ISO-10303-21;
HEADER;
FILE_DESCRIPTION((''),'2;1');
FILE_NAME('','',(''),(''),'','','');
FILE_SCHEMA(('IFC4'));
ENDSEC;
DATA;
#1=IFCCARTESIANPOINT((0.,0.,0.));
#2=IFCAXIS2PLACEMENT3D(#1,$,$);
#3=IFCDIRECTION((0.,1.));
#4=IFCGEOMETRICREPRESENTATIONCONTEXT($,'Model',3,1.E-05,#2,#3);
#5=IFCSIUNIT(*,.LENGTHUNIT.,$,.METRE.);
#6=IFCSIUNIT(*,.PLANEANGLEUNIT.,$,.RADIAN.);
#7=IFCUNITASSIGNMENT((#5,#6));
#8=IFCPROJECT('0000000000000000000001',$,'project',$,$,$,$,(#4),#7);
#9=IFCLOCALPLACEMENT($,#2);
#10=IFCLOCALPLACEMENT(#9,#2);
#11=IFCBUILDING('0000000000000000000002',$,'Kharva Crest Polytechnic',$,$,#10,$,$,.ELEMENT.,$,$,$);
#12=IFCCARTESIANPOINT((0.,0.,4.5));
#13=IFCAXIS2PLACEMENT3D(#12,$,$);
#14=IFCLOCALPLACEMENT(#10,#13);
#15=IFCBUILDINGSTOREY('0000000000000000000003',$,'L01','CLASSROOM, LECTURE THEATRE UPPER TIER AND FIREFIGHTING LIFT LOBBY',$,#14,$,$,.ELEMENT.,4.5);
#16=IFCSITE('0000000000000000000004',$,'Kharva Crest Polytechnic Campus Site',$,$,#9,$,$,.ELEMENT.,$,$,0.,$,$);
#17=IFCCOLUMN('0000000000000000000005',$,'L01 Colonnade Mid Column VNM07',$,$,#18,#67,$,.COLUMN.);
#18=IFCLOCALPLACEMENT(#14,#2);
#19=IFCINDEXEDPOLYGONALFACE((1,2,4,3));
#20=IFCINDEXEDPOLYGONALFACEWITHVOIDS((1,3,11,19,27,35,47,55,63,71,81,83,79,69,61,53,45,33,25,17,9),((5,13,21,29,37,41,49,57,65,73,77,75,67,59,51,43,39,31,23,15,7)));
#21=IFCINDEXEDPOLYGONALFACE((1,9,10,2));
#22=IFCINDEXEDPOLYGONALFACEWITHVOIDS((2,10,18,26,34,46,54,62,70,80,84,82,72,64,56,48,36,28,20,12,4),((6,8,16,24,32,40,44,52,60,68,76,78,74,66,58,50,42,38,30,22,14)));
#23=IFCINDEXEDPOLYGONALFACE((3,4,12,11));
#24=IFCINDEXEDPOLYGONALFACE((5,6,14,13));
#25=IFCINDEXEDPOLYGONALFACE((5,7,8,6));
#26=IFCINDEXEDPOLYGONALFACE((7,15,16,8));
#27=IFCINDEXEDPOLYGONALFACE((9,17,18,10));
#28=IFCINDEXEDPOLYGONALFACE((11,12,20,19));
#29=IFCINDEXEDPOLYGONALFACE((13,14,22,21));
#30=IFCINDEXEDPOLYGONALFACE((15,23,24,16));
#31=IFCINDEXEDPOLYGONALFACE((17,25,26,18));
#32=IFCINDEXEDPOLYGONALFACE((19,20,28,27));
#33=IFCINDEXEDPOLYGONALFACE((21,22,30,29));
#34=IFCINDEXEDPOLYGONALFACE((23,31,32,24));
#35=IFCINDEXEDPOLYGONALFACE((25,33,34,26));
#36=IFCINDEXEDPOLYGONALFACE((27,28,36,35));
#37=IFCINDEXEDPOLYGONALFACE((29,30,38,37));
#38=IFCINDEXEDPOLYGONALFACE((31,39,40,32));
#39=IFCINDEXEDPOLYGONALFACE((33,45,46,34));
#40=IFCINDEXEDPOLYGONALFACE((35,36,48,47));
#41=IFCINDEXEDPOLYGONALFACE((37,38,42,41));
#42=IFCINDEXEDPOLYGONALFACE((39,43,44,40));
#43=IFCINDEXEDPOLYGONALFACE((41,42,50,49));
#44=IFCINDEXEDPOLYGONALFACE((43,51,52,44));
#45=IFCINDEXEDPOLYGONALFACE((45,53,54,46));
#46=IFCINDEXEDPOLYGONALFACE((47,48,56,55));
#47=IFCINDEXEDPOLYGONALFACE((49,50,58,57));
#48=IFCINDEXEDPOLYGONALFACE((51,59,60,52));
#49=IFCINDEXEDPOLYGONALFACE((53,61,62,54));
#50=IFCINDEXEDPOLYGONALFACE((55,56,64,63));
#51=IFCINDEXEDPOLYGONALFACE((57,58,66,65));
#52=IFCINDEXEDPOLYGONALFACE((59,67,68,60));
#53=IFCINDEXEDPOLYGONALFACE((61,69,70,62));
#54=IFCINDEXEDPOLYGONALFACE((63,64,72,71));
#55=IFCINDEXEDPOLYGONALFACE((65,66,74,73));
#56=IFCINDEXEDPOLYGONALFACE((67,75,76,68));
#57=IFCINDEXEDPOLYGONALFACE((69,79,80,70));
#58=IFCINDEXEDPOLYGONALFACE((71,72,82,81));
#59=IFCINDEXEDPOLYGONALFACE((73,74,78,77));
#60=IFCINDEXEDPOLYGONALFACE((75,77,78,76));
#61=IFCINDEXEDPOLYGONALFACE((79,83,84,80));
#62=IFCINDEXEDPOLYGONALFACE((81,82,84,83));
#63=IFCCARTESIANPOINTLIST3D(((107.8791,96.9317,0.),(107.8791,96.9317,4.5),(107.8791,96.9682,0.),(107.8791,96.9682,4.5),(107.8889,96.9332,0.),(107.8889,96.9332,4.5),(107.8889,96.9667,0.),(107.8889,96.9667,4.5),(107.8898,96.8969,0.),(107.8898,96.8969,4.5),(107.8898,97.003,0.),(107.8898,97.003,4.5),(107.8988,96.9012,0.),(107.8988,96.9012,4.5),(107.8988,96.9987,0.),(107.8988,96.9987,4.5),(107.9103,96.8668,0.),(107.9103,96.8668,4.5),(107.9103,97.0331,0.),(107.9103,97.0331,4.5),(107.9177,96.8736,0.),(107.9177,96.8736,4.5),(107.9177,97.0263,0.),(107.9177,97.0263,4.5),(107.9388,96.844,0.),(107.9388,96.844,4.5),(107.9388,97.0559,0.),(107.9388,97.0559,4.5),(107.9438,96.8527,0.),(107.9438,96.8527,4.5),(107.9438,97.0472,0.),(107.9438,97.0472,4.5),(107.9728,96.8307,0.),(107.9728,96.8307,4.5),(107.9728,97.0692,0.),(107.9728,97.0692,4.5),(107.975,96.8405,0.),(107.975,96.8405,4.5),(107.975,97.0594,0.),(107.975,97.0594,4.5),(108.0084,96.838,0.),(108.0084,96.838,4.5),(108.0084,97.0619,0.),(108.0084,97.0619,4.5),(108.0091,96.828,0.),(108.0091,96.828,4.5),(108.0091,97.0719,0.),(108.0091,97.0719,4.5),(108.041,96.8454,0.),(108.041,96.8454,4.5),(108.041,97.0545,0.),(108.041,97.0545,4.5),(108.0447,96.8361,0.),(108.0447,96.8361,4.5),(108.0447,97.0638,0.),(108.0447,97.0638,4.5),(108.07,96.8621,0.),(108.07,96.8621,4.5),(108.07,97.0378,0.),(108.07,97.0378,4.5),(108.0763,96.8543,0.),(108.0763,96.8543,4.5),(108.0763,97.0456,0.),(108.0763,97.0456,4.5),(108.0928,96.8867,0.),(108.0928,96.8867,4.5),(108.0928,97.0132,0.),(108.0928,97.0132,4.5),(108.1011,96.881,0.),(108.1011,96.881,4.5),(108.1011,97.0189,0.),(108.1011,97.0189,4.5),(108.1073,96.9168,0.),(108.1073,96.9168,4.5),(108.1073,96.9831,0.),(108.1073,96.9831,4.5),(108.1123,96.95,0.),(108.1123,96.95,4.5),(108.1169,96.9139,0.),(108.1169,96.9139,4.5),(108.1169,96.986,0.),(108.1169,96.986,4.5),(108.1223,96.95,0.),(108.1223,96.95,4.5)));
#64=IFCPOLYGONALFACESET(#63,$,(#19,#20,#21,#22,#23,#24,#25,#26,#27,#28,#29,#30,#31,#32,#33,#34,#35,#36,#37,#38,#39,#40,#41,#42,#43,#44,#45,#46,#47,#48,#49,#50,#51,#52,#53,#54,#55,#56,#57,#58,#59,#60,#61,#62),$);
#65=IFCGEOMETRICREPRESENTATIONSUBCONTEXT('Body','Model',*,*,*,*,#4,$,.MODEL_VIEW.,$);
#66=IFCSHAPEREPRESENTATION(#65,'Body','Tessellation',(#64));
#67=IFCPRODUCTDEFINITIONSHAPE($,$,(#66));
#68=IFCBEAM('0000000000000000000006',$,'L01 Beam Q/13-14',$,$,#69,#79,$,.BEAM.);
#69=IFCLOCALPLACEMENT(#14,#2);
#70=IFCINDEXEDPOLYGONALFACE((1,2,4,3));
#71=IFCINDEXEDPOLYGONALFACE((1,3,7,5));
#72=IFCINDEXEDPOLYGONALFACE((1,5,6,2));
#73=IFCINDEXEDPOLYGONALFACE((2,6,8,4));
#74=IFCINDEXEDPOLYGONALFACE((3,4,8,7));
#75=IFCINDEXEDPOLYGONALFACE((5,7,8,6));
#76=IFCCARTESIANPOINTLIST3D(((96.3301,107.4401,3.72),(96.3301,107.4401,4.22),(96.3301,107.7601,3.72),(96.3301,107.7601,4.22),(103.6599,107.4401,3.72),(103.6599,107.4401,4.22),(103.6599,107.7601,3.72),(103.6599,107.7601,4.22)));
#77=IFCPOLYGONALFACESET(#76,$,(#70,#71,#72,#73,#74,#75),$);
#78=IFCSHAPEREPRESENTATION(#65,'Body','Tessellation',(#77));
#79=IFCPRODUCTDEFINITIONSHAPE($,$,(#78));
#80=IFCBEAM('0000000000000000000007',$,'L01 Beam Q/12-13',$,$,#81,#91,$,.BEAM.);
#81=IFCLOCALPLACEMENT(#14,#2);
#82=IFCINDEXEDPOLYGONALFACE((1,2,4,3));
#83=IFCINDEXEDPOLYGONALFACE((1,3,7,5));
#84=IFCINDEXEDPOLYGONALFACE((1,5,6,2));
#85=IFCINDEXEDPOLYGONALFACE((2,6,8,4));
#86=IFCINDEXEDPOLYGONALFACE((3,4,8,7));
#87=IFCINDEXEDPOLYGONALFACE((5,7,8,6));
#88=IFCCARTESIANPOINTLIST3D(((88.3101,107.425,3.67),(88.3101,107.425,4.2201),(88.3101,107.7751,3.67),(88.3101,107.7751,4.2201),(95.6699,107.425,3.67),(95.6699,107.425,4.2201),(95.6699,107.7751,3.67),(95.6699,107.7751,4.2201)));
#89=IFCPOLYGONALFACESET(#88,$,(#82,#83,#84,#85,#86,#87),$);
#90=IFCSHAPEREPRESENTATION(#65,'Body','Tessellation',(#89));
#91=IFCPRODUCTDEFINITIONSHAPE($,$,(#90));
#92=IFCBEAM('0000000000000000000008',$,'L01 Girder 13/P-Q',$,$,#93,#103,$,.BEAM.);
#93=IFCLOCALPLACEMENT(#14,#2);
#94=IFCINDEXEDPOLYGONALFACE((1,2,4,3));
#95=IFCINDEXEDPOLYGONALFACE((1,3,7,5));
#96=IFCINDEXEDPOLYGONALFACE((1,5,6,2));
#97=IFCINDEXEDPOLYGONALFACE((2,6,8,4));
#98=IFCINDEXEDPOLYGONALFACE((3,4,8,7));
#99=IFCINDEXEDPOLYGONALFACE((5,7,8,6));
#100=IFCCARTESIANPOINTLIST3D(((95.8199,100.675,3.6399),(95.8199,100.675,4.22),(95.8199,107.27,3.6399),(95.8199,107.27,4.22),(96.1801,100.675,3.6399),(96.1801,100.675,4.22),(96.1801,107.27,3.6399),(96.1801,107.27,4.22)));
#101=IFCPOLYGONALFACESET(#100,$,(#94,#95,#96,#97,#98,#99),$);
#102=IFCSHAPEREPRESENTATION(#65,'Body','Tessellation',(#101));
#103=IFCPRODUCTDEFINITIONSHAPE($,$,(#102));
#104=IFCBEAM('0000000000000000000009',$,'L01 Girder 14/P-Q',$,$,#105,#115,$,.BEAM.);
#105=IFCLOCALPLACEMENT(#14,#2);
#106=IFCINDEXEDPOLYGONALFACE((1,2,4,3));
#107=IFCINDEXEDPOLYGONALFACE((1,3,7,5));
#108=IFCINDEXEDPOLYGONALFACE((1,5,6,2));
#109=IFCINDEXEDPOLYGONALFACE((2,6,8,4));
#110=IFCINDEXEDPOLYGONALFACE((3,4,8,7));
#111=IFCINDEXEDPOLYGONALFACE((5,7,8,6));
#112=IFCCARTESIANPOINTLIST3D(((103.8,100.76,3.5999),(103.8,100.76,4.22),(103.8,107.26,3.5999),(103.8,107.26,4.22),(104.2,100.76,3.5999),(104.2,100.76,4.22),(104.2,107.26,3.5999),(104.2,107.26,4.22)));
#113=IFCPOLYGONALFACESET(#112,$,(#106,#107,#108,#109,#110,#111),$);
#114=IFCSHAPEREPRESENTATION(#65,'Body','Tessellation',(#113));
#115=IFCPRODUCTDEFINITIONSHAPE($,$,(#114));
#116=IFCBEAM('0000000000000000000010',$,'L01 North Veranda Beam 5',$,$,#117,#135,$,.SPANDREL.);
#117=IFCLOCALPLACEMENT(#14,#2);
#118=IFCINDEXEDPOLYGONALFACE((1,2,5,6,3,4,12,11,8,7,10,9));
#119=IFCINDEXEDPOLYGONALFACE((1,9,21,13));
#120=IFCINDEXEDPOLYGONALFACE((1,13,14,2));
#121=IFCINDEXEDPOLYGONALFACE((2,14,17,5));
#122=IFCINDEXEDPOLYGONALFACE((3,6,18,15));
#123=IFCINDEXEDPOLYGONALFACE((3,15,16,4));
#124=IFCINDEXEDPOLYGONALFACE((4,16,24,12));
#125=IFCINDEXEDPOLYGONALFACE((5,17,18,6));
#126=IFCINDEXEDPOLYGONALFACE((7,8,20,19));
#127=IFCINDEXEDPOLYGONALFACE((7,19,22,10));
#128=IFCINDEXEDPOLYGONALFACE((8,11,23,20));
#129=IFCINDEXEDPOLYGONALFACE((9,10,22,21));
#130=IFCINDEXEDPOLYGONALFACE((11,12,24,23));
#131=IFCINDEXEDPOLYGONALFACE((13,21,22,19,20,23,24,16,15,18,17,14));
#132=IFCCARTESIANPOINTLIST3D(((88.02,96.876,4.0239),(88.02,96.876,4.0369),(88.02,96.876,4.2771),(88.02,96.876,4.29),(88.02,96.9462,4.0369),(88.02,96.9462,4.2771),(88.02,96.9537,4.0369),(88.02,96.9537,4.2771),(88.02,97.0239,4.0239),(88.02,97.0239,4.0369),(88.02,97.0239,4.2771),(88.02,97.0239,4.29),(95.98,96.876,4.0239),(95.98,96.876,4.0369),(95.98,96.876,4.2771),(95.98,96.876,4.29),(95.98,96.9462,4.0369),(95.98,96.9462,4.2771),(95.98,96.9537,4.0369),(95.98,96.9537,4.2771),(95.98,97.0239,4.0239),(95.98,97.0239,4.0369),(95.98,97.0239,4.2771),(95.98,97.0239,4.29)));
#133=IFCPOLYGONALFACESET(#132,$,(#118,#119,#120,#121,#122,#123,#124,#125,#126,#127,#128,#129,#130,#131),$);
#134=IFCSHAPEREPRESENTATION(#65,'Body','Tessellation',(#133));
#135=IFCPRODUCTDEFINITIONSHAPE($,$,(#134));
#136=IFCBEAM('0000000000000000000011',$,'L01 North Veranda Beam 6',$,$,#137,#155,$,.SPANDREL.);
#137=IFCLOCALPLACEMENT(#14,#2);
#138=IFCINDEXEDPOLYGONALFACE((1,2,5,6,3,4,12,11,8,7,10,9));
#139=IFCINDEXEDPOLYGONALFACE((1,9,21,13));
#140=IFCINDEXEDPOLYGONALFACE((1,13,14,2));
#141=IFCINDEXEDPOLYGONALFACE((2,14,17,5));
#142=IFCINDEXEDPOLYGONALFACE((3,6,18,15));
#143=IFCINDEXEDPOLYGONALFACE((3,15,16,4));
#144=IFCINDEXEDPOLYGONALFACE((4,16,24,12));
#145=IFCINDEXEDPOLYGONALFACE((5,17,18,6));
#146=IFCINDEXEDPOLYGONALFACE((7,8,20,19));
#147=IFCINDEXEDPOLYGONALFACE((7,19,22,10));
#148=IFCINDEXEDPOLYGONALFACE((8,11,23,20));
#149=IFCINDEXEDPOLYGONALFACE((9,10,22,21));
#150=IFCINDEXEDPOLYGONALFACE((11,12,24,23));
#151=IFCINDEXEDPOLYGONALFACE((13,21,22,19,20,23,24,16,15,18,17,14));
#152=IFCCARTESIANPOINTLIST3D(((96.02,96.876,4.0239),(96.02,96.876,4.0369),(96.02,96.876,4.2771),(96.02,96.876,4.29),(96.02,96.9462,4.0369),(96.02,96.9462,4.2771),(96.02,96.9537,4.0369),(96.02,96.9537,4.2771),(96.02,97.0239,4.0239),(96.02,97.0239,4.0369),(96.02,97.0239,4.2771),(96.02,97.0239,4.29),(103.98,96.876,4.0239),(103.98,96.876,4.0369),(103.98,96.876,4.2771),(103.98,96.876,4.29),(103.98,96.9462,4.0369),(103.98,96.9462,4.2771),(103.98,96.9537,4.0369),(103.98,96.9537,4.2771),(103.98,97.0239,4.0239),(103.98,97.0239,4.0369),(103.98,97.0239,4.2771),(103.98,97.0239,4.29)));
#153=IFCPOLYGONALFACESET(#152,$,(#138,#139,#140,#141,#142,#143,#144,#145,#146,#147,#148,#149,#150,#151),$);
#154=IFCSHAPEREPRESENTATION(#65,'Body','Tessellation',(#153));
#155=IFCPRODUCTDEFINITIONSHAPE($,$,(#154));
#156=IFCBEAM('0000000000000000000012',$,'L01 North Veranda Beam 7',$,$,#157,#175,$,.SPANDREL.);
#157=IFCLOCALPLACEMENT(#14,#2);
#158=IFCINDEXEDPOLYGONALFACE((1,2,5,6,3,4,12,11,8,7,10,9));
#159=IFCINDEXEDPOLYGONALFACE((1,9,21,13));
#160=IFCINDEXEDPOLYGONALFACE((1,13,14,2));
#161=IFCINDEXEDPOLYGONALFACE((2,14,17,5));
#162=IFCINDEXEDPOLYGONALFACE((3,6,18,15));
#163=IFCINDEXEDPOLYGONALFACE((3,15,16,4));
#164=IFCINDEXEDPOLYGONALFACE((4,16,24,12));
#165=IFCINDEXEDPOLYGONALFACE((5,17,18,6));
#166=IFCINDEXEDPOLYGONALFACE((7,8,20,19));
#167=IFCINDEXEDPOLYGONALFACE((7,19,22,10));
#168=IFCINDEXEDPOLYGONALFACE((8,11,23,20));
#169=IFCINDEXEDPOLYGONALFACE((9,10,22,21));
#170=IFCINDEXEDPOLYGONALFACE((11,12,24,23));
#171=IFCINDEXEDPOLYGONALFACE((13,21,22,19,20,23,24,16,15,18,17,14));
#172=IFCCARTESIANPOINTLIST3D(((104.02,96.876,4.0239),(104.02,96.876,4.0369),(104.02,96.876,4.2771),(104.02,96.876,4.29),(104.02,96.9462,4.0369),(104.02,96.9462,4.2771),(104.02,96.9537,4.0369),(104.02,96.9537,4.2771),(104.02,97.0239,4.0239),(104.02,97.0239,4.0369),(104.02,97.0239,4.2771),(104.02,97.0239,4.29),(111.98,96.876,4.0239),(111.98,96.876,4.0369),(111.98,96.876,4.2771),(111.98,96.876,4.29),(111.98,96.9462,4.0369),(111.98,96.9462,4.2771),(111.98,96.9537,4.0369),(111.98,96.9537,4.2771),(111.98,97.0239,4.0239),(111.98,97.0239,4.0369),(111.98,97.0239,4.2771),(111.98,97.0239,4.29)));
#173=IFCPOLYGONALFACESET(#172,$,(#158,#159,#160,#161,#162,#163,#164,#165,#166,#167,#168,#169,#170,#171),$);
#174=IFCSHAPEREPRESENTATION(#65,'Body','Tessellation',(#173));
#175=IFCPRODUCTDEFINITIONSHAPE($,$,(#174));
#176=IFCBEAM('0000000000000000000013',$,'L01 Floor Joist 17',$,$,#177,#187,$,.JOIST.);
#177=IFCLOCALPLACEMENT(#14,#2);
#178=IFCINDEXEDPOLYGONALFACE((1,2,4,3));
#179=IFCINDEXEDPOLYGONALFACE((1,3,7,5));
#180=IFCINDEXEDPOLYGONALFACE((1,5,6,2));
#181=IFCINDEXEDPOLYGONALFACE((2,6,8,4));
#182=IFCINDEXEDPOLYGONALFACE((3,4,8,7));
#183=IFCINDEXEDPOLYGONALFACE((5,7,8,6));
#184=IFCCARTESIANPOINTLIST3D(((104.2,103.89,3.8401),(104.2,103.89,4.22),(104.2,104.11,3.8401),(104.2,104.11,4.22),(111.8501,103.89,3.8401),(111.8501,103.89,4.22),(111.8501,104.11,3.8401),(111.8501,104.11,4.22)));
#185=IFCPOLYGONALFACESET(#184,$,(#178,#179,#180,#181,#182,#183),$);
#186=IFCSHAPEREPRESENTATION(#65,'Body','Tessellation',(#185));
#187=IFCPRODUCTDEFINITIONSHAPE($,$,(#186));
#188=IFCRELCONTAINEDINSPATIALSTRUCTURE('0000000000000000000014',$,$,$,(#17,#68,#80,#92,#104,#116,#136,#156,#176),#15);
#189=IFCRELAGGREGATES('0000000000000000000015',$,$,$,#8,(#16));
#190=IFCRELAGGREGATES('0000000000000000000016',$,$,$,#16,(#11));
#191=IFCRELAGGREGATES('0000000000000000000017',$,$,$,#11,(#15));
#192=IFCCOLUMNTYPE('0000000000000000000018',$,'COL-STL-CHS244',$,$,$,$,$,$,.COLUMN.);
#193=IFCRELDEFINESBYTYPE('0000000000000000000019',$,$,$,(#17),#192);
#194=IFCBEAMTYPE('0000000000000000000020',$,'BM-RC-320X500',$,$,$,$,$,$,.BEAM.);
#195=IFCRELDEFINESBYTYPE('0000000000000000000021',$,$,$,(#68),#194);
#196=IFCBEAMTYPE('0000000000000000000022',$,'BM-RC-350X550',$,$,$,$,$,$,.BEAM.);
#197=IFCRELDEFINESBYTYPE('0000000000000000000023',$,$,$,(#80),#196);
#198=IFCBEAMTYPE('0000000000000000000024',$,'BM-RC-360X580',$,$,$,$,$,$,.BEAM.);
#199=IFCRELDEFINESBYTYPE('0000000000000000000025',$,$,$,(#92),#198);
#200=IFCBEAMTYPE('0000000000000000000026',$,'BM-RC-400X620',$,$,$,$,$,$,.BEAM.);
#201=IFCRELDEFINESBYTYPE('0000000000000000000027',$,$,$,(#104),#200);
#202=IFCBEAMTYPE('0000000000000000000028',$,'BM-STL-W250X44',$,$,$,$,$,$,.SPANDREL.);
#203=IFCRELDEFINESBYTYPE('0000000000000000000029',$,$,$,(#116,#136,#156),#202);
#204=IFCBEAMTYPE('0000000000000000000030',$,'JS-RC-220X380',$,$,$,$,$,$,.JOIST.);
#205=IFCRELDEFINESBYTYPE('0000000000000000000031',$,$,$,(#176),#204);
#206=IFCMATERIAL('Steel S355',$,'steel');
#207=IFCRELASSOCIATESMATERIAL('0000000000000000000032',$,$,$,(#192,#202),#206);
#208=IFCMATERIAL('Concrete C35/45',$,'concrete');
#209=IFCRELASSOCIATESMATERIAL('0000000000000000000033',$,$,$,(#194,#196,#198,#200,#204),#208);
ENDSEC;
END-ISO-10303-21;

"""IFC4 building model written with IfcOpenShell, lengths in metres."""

from ifc_helpers import new_model, si_unit, direction, frame, origin, origin_2d, place, context, subcontext, project, spatial, rectangle, hollow_circle, i_section, extrude, material, material_profile, profile_set, type_object, element, save


model = new_model("IFC4")

# Units and contexts
model_context = context("Model", 3, precision=1e-05, world=origin(), true_north=direction((0.0, 1.0)))
body_context = subcontext(model_context, "Body", "Model", "MODEL_VIEW")
ifc_project = project(units=[si_unit("LENGTHUNIT", "METRE"), si_unit("PLANEANGLEUNIT", "RADIAN")], contexts=[model_context])

# Site, building, storey
site_placement = place(None, origin())
site = spatial("IfcSite", under=ifc_project, at=site_placement, Name="Kharva Crest Polytechnic Campus Site", CompositionType="ELEMENT", RefElevation=0.0)
building_placement = place(site_placement, origin())
building = spatial("IfcBuilding", under=site, at=building_placement, Name="Kharva Crest Polytechnic", CompositionType="ELEMENT")
storey_placement = place(building_placement, frame((0.0, 0.0, 4.5)))
storey = spatial("IfcBuildingStorey", under=building, at=storey_placement, Name="L01", Description="CLASSROOM, LECTURE THEATRE UPPER TIER AND FIREFIGHTING LIFT LOBBY", CompositionType="ELEMENT", Elevation=4.5)

# Column
ifc_material_1 = material(Name="Steel S355", Category="steel")
ifc_material_profile_1 = material_profile(ifc_material_1, hollow_circle(Radius=0.1223, WallThickness=0.01, at=origin_2d()), Name="CHS 244.5X10.0")
ifc_profile_set_1 = profile_set([ifc_material_profile_1], Name="Steel S355")
column_type_1 = type_object("IfcColumnType", Name="COL-STL-CHS244", PredefinedType="COLUMN", material=ifc_profile_set_1)
for number, where, z_axis, x_axis, name in (
    (1, (108.0, 96.95, 0.0), (0.0, 0.0, 1.0), (1.0, 0.0, 0.0), "L01 Colonnade Mid Column VNM07"),
):
    element("IfcColumn", number, at=place(storey_placement, frame(where, z_axis=z_axis, x_axis=x_axis)), inside=storey, type_object=column_type_1, Name=name, PredefinedType="COLUMN", context=body_context, shape_type="SweptSolid", body=[
        extrude(hollow_circle(Radius=0.1223, WallThickness=0.01, at=origin_2d()), origin(), (0.0, 0.0, 1.0), 4.5),
    ])

# Beams
ifc_material_2 = material(Name="Concrete C35/45", Category="concrete")
ifc_material_profile_2 = material_profile(ifc_material_2, rectangle(XDim=0.3201, YDim=0.5, at=origin_2d()), Name="RECT 320 X 500")
ifc_profile_set_2 = profile_set([ifc_material_profile_2], Name="Concrete C35/45")
beam_type_1 = type_object("IfcBeamType", Name="BM-RC-320X500", PredefinedType="BEAM", material=ifc_profile_set_2)
beam_1_placement = place(storey_placement, frame((96.3301, 107.6001, 3.97), z_axis=(1.0, 0.0, 0.0), x_axis=(0.0, 1.0, 0.0)))
element("IfcBeam", 2, at=beam_1_placement, inside=storey, type_object=beam_type_1, Name="L01 Beam Q/13-14", PredefinedType="BEAM", context=body_context, shape_type="SweptSolid", body=[
    extrude(rectangle(XDim=0.3201, YDim=0.5, at=origin_2d()), origin(), (0.0, 0.0, 1.0), 7.3298),
])
ifc_material_profile_3 = material_profile(ifc_material_2, rectangle(XDim=0.3501, YDim=0.55, at=origin_2d()), Name="RECT 350 X 550")
ifc_profile_set_3 = profile_set([ifc_material_profile_3], Name="Concrete C35/45")
beam_type_2 = type_object("IfcBeamType", Name="BM-RC-350X550", PredefinedType="BEAM", material=ifc_profile_set_3)
beam_2_placement = place(storey_placement, frame((88.3101, 107.6001, 3.9451), z_axis=(1.0, 0.0, 0.0), x_axis=(0.0, 1.0, 0.0)))
element("IfcBeam", 3, at=beam_2_placement, inside=storey, type_object=beam_type_2, Name="L01 Beam Q/12-13", PredefinedType="BEAM", context=body_context, shape_type="SweptSolid", body=[
    extrude(rectangle(XDim=0.3501, YDim=0.55, at=origin_2d()), origin(), (0.0, 0.0, 1.0), 7.3599),
])
ifc_material_profile_4 = material_profile(ifc_material_2, rectangle(XDim=0.3601, YDim=0.5801, at=origin_2d()), Name="RECT 360 X 580")
ifc_profile_set_4 = profile_set([ifc_material_profile_4], Name="Concrete C35/45")
beam_type_3 = type_object("IfcBeamType", Name="BM-RC-360X580", PredefinedType="BEAM", material=ifc_profile_set_4)
beam_3_placement = place(storey_placement, frame((96.0, 100.675, 3.9299), z_axis=(0.0, 1.0, 0.0), x_axis=(-1.0, 0.0, 0.0)))
element("IfcBeam", 4, at=beam_3_placement, inside=storey, type_object=beam_type_3, Name="L01 Girder 13/P-Q", PredefinedType="BEAM", context=body_context, shape_type="SweptSolid", body=[
    extrude(rectangle(XDim=0.3601, YDim=0.5801, at=origin_2d()), origin(), (0.0, 0.0, 1.0), 6.595),
])
ifc_material_profile_5 = material_profile(ifc_material_2, rectangle(XDim=0.3999, YDim=0.6201, at=origin_2d()), Name="RECT 400 X 620")
ifc_profile_set_5 = profile_set([ifc_material_profile_5], Name="Concrete C35/45")
beam_type_4 = type_object("IfcBeamType", Name="BM-RC-400X620", PredefinedType="BEAM", material=ifc_profile_set_5)
beam_4_placement = place(storey_placement, frame((104.0, 100.76, 3.9099), z_axis=(0.0, 1.0, 0.0), x_axis=(-1.0, 0.0, 0.0)))
element("IfcBeam", 5, at=beam_4_placement, inside=storey, type_object=beam_type_4, Name="L01 Girder 14/P-Q", PredefinedType="BEAM", context=body_context, shape_type="SweptSolid", body=[
    extrude(rectangle(XDim=0.3999, YDim=0.6201, at=origin_2d()), origin(), (0.0, 0.0, 1.0), 6.5),
])
ifc_material_profile_6 = material_profile(ifc_material_1, i_section(OverallWidth=0.1479, OverallDepth=0.2661, WebThickness=0.0076, FlangeThickness=0.0129, at=origin_2d()), Name="W250X44.8")
ifc_profile_set_6 = profile_set([ifc_material_profile_6], Name="Steel S355")
beam_type_5 = type_object("IfcBeamType", Name="BM-STL-W250X44", PredefinedType="SPANDREL", material=ifc_profile_set_6)
for number, where, z_axis, x_axis, name in (
    (6, (88.02, 96.95, 4.157), (1.0, 0.0, 0.0), (0.0, 1.0, 0.0), "L01 North Veranda Beam 5"),
    (7, (96.02, 96.95, 4.157), (1.0, 0.0, 0.0), (0.0, 1.0, 0.0), "L01 North Veranda Beam 6"),
    (8, (104.02, 96.95, 4.157), (1.0, 0.0, 0.0), (0.0, 1.0, 0.0), "L01 North Veranda Beam 7"),
):
    element("IfcBeam", number, at=place(storey_placement, frame(where, z_axis=z_axis, x_axis=x_axis)), inside=storey, type_object=beam_type_5, Name=name, PredefinedType="SPANDREL", context=body_context, shape_type="SweptSolid", body=[
        extrude(i_section(OverallWidth=0.1479, OverallDepth=0.2661, WebThickness=0.0076, FlangeThickness=0.0129, at=origin_2d()), origin(), (0.0, 0.0, 1.0), 7.96),
    ])
ifc_material_profile_7 = material_profile(ifc_material_2, rectangle(XDim=0.22, YDim=0.3799, at=origin_2d()), Name="RECT 220 X 380")
ifc_profile_set_7 = profile_set([ifc_material_profile_7], Name="Concrete C35/45")
beam_type_6 = type_object("IfcBeamType", Name="JS-RC-220X380", PredefinedType="JOIST", material=ifc_profile_set_7)
beam_5_placement = place(storey_placement, frame((104.2, 104.0, 4.03), z_axis=(1.0, 0.0, 0.0), x_axis=(0.0, 1.0, 0.0)))
element("IfcBeam", 9, at=beam_5_placement, inside=storey, type_object=beam_type_6, Name="L01 Floor Joist 17", PredefinedType="JOIST", context=body_context, shape_type="SweptSolid", body=[
    extrude(rectangle(XDim=0.22, YDim=0.3799, at=origin_2d()), origin(), (0.0, 0.0, 1.0), 7.6501),
])

save(model, "model.ifc")
